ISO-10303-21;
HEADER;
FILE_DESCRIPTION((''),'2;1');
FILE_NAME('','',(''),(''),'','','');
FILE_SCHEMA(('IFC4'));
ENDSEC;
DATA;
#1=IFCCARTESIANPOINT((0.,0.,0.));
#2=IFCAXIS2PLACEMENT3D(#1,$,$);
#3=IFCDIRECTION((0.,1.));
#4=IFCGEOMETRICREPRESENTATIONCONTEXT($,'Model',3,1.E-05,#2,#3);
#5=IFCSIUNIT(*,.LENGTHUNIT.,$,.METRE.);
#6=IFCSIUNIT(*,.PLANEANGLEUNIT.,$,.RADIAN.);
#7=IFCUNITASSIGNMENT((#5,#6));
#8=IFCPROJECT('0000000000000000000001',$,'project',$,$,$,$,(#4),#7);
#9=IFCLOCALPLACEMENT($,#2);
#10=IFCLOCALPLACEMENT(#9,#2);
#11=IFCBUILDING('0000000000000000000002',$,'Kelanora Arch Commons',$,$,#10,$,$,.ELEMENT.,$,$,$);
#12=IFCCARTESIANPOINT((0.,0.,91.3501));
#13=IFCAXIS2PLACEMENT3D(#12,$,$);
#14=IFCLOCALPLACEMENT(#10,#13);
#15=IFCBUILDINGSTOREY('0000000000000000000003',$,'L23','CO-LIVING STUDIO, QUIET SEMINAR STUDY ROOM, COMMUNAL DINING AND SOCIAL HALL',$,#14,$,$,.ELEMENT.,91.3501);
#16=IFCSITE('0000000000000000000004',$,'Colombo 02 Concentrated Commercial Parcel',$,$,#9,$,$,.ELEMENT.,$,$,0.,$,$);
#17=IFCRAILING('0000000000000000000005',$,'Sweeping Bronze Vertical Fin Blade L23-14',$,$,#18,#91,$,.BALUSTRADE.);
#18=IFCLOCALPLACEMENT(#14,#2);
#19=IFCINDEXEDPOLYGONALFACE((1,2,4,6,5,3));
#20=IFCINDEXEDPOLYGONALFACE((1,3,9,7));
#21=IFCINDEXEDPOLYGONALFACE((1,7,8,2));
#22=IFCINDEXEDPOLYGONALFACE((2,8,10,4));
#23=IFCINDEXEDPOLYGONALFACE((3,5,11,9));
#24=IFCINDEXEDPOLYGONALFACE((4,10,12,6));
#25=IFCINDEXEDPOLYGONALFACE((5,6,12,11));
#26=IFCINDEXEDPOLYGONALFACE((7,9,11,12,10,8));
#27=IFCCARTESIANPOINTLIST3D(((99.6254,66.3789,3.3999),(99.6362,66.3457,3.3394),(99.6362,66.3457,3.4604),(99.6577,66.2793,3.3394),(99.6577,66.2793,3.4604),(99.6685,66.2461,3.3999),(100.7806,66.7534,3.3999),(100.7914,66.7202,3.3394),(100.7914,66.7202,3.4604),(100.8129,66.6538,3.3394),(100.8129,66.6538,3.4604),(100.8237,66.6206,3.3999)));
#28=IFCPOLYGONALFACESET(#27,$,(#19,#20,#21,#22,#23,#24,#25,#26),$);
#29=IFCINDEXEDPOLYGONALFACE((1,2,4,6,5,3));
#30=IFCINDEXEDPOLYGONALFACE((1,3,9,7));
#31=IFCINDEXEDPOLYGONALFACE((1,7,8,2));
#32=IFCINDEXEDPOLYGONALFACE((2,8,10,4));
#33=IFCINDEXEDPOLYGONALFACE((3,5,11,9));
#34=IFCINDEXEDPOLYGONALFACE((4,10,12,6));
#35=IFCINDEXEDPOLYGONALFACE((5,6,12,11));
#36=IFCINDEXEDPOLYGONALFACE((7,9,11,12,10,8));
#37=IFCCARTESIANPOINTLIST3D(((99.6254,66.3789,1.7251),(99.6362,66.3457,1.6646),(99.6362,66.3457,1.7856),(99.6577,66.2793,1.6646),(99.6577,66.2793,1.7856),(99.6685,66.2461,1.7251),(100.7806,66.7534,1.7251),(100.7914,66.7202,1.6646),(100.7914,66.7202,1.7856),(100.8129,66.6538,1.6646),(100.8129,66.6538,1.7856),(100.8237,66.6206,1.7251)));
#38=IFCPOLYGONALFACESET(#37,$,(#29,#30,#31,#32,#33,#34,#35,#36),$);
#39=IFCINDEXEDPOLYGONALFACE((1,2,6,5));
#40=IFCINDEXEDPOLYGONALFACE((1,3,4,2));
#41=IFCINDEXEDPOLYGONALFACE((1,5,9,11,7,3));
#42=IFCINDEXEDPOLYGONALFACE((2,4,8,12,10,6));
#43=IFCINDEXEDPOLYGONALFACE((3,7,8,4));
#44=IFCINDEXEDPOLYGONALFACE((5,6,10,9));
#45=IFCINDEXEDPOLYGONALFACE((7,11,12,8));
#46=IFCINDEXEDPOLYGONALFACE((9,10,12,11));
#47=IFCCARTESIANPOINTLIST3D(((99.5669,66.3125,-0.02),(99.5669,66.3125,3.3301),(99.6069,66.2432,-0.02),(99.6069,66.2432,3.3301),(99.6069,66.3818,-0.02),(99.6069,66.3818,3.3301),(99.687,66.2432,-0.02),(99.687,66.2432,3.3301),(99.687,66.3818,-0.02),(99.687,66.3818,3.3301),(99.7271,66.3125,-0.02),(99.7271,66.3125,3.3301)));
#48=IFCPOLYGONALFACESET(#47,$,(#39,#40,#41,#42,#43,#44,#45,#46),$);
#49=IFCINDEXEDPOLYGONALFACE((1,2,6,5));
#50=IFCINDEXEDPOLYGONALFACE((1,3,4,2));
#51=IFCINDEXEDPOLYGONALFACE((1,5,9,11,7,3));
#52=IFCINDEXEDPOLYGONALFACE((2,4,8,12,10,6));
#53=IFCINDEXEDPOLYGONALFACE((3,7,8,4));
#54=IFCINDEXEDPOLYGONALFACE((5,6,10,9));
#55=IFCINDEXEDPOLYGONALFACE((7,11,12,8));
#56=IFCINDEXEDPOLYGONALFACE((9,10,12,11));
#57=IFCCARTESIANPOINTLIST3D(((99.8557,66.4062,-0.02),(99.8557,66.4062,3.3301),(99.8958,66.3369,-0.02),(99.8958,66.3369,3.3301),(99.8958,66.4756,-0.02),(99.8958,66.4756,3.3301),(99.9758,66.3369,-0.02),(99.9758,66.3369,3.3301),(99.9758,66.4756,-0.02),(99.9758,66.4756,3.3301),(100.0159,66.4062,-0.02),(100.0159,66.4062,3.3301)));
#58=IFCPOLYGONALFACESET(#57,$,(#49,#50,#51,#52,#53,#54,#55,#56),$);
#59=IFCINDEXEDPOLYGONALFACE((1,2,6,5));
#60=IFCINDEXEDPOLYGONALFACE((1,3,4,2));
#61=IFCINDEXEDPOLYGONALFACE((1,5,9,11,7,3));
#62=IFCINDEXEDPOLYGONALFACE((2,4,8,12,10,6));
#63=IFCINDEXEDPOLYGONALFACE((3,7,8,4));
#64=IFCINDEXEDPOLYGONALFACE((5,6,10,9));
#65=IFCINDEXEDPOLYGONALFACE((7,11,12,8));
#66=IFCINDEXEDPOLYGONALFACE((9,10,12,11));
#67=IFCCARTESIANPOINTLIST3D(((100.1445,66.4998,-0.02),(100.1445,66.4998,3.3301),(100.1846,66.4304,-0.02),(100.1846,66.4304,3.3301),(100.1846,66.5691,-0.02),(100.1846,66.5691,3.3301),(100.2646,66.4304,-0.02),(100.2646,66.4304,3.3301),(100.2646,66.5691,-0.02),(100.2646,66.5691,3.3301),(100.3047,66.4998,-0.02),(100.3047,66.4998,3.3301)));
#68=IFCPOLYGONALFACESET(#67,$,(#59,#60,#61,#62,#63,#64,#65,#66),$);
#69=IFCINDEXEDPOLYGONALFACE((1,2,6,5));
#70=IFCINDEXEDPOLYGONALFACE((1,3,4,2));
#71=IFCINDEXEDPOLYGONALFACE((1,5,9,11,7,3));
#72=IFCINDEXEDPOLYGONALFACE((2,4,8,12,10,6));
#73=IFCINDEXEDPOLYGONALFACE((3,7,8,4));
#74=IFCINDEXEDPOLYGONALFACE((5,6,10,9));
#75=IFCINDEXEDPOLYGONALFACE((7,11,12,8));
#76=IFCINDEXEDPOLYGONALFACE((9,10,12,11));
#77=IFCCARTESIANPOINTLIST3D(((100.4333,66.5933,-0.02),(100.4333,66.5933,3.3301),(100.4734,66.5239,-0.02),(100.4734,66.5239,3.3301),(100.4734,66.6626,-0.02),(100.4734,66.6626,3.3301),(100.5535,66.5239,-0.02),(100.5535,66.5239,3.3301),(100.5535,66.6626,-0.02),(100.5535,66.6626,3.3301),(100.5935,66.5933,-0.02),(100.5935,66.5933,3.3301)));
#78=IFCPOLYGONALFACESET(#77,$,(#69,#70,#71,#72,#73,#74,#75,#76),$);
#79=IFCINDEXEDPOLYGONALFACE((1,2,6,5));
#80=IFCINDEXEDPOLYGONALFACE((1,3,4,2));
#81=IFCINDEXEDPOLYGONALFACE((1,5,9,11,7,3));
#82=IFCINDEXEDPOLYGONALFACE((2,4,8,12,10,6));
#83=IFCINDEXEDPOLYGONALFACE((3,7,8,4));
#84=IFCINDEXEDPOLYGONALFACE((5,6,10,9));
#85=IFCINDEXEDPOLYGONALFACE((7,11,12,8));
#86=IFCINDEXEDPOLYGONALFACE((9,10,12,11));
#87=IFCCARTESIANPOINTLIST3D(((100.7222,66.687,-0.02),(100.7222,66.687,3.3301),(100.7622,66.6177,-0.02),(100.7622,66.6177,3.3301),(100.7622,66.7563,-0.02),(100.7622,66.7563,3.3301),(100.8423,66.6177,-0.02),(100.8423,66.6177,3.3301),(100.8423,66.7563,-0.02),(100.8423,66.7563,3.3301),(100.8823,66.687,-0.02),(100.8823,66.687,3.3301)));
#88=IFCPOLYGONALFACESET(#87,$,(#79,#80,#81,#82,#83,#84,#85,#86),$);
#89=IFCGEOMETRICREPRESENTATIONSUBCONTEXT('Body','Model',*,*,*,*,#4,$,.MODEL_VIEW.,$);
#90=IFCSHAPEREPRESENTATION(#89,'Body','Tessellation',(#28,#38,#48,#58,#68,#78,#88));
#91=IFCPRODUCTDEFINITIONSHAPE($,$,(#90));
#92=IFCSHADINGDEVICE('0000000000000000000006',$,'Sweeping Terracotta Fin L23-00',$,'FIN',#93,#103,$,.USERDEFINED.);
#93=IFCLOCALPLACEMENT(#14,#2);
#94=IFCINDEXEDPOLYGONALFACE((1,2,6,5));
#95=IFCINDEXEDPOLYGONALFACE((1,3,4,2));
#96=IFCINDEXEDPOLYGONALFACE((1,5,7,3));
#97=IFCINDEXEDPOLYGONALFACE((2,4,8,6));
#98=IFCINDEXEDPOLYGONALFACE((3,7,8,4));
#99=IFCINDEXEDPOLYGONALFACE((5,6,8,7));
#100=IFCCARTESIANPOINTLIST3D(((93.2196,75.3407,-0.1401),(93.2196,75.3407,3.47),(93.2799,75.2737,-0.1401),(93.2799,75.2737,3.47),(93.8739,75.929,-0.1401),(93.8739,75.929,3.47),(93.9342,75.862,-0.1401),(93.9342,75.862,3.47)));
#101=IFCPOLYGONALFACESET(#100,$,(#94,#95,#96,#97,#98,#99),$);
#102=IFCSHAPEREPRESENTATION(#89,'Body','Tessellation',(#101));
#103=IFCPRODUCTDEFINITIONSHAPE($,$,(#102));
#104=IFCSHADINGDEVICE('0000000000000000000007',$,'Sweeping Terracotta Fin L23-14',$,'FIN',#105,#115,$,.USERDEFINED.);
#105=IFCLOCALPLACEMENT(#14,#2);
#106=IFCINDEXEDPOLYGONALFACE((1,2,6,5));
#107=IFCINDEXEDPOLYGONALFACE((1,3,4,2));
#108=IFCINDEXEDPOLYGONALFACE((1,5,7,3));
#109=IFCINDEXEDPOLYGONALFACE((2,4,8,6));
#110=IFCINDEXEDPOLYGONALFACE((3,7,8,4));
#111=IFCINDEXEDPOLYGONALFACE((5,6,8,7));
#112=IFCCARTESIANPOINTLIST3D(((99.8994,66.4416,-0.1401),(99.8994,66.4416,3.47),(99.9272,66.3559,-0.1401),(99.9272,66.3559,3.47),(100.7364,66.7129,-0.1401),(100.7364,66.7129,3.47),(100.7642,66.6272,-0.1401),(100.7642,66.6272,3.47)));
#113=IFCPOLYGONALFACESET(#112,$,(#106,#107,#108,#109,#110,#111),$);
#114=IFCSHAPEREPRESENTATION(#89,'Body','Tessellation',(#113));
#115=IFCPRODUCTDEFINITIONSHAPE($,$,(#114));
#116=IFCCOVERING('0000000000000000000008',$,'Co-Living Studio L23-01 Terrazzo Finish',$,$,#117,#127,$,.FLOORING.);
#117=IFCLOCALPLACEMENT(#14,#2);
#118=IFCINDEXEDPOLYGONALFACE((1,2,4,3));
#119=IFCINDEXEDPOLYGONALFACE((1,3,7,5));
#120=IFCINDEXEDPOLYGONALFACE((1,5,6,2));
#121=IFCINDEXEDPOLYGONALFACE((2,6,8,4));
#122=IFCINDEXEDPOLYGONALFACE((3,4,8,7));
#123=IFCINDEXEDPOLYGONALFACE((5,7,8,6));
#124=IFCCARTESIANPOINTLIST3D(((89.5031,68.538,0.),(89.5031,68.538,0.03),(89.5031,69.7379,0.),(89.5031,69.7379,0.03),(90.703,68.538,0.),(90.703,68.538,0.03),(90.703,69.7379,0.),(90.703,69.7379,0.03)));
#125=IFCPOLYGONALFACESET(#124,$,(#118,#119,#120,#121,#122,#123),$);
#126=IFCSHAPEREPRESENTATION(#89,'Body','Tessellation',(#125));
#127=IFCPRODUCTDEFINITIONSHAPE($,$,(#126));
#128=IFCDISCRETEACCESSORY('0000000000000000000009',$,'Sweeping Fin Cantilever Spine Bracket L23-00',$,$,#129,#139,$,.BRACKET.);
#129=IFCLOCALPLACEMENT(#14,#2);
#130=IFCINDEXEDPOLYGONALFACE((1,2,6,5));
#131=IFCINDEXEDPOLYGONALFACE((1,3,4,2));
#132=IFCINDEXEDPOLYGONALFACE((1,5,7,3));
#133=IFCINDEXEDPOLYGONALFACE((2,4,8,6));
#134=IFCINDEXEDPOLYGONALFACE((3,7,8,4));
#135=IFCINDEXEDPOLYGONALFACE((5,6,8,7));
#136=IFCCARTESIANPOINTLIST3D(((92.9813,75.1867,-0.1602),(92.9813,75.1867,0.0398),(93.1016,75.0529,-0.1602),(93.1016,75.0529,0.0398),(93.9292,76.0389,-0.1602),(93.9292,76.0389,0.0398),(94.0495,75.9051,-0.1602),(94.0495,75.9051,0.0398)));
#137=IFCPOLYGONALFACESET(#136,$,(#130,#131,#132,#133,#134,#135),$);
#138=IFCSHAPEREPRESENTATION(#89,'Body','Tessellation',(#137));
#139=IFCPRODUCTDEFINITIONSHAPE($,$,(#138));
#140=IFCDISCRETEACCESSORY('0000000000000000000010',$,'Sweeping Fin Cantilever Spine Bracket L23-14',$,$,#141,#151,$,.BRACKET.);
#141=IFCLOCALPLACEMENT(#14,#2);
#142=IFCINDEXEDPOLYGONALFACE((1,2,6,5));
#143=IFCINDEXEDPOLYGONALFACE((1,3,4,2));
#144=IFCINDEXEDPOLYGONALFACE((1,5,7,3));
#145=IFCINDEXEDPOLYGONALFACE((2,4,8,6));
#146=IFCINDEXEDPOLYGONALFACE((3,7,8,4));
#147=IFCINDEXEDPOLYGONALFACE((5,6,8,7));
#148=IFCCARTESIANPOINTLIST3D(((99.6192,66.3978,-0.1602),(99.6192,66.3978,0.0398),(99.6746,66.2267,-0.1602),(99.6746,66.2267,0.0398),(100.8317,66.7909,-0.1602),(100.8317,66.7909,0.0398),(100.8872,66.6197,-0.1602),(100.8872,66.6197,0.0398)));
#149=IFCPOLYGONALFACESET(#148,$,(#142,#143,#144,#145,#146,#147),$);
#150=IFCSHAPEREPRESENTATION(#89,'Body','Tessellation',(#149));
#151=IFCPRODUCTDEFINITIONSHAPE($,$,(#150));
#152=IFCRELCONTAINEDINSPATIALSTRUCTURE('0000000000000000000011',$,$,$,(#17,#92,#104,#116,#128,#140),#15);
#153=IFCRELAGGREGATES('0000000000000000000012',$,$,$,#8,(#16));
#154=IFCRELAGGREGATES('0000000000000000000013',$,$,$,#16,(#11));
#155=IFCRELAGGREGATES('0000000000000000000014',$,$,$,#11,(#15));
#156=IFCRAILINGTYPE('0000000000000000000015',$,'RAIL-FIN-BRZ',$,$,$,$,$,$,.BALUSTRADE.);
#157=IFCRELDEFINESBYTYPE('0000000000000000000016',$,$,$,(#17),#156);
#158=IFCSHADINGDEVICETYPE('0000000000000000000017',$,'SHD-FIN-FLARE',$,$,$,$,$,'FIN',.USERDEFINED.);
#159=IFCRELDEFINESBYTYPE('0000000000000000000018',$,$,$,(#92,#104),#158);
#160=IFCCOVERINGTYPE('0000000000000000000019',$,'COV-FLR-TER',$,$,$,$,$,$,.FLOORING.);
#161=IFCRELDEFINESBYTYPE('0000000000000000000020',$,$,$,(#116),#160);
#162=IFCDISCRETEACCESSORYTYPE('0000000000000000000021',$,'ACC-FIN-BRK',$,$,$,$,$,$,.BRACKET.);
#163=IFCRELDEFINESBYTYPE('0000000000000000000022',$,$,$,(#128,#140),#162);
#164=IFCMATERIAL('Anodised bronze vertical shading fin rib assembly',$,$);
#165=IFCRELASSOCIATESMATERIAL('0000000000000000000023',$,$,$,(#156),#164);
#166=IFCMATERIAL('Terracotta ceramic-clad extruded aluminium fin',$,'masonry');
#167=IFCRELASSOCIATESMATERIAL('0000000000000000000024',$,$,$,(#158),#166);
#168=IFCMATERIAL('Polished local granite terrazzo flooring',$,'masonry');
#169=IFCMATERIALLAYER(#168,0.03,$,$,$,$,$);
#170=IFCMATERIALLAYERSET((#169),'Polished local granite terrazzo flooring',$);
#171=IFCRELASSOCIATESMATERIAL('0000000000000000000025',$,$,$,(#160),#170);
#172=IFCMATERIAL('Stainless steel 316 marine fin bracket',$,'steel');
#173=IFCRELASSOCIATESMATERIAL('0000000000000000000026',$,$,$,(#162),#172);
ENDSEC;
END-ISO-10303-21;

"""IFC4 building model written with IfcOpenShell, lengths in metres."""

from ifc_helpers import new_model, si_unit, direction, frame, origin, origin_2d, place, context, subcontext, project, spatial, polyline, rectangle, outline, extrude, source, transform, mapped, material, layer, layer_set, type_object, element, save


model = new_model("IFC4")

# Units and contexts
model_context = context("Model", 3, precision=1e-05, world=origin(), true_north=direction((0.0, 1.0)))
body_context = subcontext(model_context, "Body", "Model", "MODEL_VIEW")
ifc_project = project(units=[si_unit("LENGTHUNIT", "METRE"), si_unit("PLANEANGLEUNIT", "RADIAN")], contexts=[model_context])

# Site, building, storey
site_placement = place(None, origin())
site = spatial("IfcSite", under=ifc_project, at=site_placement, Name="Colombo 02 Concentrated Commercial Parcel", CompositionType="ELEMENT", RefElevation=0.0)
building_placement = place(site_placement, origin())
building = spatial("IfcBuilding", under=site, at=building_placement, Name="Kelanora Arch Commons", CompositionType="ELEMENT")
storey_placement = place(building_placement, frame((0.0, 0.0, 91.3501)))
storey = spatial("IfcBuildingStorey", under=building, at=storey_placement, Name="L23", Description="CO-LIVING STUDIO, QUIET SEMINAR STUDY ROOM, COMMUNAL DINING AND SOCIAL HALL", CompositionType="ELEMENT", Elevation=91.3501)

# Railing
ifc_material_1 = material(Name="Anodised bronze vertical shading fin rib assembly")
railing_type = type_object("IfcRailingType", Name="RAIL-FIN-BRZ", PredefinedType="BALUSTRADE", material=ifc_material_1)
railing_1_placement = place(storey_placement, frame((99.647, 66.3125, -0.02)))
element("IfcRailing", 1, at=railing_1_placement, inside=storey, type_object=railing_type, Name="Sweeping Bronze Vertical Fin Blade L23-14", PredefinedType="BALUSTRADE", context=body_context, shape_type="SweptSolid", body=[
    extrude(outline(polyline([(0.0698, 0.0), (0.0349, 0.0605), (-0.0349, 0.0605), (-0.0698, 0.0), (-0.0349, -0.0605), (0.0349, -0.0605), (0.0698, 0.0)])), frame((0.0, 0.0, 3.4199), z_axis=(0.951264, 0.308377, 0.0), x_axis=(-0.308377, 0.951264, 0.0)), (0.0, 0.0, 1.0), 1.2144),
    extrude(outline(polyline([(0.0698, 0.0), (0.0349, 0.0605), (-0.0349, 0.0605), (-0.0698, 0.0), (-0.0349, -0.0605), (0.0349, -0.0605), (0.0698, 0.0)])), frame((0.0, 0.0, 1.7451), z_axis=(0.951264, 0.308377, 0.0), x_axis=(-0.308377, 0.951264, 0.0)), (0.0, 0.0, 1.0), 1.2144),
    extrude(outline(polyline([(0.0801, 0.0), (0.04, 0.0693), (-0.04, 0.0693), (-0.0801, 0.0), (-0.04, -0.0693), (0.04, -0.0693), (0.0801, 0.0)])), origin(), (0.0, 0.0, 1.0), 3.3501),
    extrude(outline(polyline([(0.0801, 0.0), (0.04, 0.0693), (-0.04, 0.0693), (-0.0801, 0.0), (-0.04, -0.0693), (0.04, -0.0693), (0.0801, 0.0)])), frame((0.2888, 0.0938, 0.0)), (0.0, 0.0, 1.0), 3.3501),
    extrude(outline(polyline([(0.0801, 0.0), (0.04, 0.0693), (-0.04, 0.0693), (-0.0801, 0.0), (-0.04, -0.0693), (0.04, -0.0693), (0.0801, 0.0)])), frame((0.5776, 0.1873, 0.0)), (0.0, 0.0, 1.0), 3.3501),
    extrude(outline(polyline([(0.0801, 0.0), (0.04, 0.0693), (-0.04, 0.0693), (-0.0801, 0.0), (-0.04, -0.0693), (0.04, -0.0693), (0.0801, 0.0)])), frame((0.8665, 0.2808, 0.0)), (0.0, 0.0, 1.0), 3.3501),
    extrude(outline(polyline([(0.0801, 0.0), (0.04, 0.0693), (-0.04, 0.0693), (-0.0801, 0.0), (-0.04, -0.0693), (0.04, -0.0693), (0.0801, 0.0)])), frame((1.1553, 0.3745, 0.0)), (0.0, 0.0, 1.0), 3.3501),
])

# Shading devices
ifc_material_2 = material(Name="Terracotta ceramic-clad extruded aluminium fin", Category="masonry")
shading_device_type = type_object("IfcShadingDeviceType", Name="SHD-FIN-FLARE", ElementType="FIN", PredefinedType="USERDEFINED", material=ifc_material_2)
shared_shape_1 = source(origin(), body_context, "Body", "SweptSolid", [
    extrude(rectangle(XDim=0.8799, YDim=0.0901, at=origin_2d()), origin(), (0.0, 0.0, 1.0), 3.6101),
])
for number, where, z_axis, x_axis, name in (
    (2, (93.5769, 75.6013, -0.1401), (0.0, 0.0, 1.0), (0.743612, 0.668612, 0.0), "Sweeping Terracotta Fin L23-00"),
    (3, (100.3318, 66.5344, -0.1401), (0.0, 0.0, 1.0), (0.951272, 0.308353, 0.0), "Sweeping Terracotta Fin L23-14"),
):
    element("IfcShadingDevice", number, at=place(storey_placement, frame(where, z_axis=z_axis, x_axis=x_axis)), inside=storey, type_object=shading_device_type, Name=name, ObjectType="FIN", PredefinedType="USERDEFINED", context=body_context, shape_type="MappedRepresentation", body=[
        mapped(shared_shape_1, transform((0.0, 0.0, 0.0), scale=1.0)),
    ])

# Covering
ifc_material_3 = material(Name="Polished local granite terrazzo flooring", Category="masonry")
ifc_layer_1 = layer(ifc_material_3, 0.03)
ifc_layer_set_1 = layer_set([ifc_layer_1], Name="Polished local granite terrazzo flooring")
covering_type = type_object("IfcCoveringType", Name="COV-FLR-TER", PredefinedType="FLOORING", material=ifc_layer_set_1)
shared_shape_2 = source(origin(), body_context, "Body", "SweptSolid", [
    extrude(rectangle(XDim=1.2, YDim=1.2, at=origin_2d()), origin(), (0.0, 0.0, 1.0), 0.03),
])
covering_placement = place(storey_placement, frame((90.103, 69.1379, 0.0), z_axis=(0.0, 0.0, 1.0), x_axis=(1.0, 0.0, 0.0)))
element("IfcCovering", 4, at=covering_placement, inside=storey, type_object=covering_type, Name="Co-Living Studio L23-01 Terrazzo Finish", PredefinedType="FLOORING", context=body_context, shape_type="MappedRepresentation", body=[
    mapped(shared_shape_2, transform((0.0, 0.0, 0.0), scale=1.0)),
])

# Discrete accessories
ifc_material_4 = material(Name="Stainless steel 316 marine fin bracket", Category="steel")
discrete_accessory_type = type_object("IfcDiscreteAccessoryType", Name="ACC-FIN-BRK", PredefinedType="BRACKET", material=ifc_material_4)
shared_shape_3 = source(origin(), body_context, "Body", "SweptSolid", [
    extrude(rectangle(XDim=1.2747, YDim=0.1799, at=origin_2d()), origin(), (0.0, 0.0, 1.0), 0.2),
])
for number, where, z_axis, x_axis, name in (
    (5, (93.5154, 75.5459, -0.1602), (0.0, 0.0, 1.0), (0.743612, 0.668612, 0.0), "Sweeping Fin Cantilever Spine Bracket L23-00"),
    (6, (100.2532, 66.5088, -0.1602), (0.0, 0.0, 1.0), (0.951272, 0.308353, 0.0), "Sweeping Fin Cantilever Spine Bracket L23-14"),
):
    element("IfcDiscreteAccessory", number, at=place(storey_placement, frame(where, z_axis=z_axis, x_axis=x_axis)), inside=storey, type_object=discrete_accessory_type, Name=name, PredefinedType="BRACKET", context=body_context, shape_type="MappedRepresentation", body=[
        mapped(shared_shape_3, transform((0.0, 0.0, 0.0), scale=1.0)),
    ])

save(model, "model.ifc")
